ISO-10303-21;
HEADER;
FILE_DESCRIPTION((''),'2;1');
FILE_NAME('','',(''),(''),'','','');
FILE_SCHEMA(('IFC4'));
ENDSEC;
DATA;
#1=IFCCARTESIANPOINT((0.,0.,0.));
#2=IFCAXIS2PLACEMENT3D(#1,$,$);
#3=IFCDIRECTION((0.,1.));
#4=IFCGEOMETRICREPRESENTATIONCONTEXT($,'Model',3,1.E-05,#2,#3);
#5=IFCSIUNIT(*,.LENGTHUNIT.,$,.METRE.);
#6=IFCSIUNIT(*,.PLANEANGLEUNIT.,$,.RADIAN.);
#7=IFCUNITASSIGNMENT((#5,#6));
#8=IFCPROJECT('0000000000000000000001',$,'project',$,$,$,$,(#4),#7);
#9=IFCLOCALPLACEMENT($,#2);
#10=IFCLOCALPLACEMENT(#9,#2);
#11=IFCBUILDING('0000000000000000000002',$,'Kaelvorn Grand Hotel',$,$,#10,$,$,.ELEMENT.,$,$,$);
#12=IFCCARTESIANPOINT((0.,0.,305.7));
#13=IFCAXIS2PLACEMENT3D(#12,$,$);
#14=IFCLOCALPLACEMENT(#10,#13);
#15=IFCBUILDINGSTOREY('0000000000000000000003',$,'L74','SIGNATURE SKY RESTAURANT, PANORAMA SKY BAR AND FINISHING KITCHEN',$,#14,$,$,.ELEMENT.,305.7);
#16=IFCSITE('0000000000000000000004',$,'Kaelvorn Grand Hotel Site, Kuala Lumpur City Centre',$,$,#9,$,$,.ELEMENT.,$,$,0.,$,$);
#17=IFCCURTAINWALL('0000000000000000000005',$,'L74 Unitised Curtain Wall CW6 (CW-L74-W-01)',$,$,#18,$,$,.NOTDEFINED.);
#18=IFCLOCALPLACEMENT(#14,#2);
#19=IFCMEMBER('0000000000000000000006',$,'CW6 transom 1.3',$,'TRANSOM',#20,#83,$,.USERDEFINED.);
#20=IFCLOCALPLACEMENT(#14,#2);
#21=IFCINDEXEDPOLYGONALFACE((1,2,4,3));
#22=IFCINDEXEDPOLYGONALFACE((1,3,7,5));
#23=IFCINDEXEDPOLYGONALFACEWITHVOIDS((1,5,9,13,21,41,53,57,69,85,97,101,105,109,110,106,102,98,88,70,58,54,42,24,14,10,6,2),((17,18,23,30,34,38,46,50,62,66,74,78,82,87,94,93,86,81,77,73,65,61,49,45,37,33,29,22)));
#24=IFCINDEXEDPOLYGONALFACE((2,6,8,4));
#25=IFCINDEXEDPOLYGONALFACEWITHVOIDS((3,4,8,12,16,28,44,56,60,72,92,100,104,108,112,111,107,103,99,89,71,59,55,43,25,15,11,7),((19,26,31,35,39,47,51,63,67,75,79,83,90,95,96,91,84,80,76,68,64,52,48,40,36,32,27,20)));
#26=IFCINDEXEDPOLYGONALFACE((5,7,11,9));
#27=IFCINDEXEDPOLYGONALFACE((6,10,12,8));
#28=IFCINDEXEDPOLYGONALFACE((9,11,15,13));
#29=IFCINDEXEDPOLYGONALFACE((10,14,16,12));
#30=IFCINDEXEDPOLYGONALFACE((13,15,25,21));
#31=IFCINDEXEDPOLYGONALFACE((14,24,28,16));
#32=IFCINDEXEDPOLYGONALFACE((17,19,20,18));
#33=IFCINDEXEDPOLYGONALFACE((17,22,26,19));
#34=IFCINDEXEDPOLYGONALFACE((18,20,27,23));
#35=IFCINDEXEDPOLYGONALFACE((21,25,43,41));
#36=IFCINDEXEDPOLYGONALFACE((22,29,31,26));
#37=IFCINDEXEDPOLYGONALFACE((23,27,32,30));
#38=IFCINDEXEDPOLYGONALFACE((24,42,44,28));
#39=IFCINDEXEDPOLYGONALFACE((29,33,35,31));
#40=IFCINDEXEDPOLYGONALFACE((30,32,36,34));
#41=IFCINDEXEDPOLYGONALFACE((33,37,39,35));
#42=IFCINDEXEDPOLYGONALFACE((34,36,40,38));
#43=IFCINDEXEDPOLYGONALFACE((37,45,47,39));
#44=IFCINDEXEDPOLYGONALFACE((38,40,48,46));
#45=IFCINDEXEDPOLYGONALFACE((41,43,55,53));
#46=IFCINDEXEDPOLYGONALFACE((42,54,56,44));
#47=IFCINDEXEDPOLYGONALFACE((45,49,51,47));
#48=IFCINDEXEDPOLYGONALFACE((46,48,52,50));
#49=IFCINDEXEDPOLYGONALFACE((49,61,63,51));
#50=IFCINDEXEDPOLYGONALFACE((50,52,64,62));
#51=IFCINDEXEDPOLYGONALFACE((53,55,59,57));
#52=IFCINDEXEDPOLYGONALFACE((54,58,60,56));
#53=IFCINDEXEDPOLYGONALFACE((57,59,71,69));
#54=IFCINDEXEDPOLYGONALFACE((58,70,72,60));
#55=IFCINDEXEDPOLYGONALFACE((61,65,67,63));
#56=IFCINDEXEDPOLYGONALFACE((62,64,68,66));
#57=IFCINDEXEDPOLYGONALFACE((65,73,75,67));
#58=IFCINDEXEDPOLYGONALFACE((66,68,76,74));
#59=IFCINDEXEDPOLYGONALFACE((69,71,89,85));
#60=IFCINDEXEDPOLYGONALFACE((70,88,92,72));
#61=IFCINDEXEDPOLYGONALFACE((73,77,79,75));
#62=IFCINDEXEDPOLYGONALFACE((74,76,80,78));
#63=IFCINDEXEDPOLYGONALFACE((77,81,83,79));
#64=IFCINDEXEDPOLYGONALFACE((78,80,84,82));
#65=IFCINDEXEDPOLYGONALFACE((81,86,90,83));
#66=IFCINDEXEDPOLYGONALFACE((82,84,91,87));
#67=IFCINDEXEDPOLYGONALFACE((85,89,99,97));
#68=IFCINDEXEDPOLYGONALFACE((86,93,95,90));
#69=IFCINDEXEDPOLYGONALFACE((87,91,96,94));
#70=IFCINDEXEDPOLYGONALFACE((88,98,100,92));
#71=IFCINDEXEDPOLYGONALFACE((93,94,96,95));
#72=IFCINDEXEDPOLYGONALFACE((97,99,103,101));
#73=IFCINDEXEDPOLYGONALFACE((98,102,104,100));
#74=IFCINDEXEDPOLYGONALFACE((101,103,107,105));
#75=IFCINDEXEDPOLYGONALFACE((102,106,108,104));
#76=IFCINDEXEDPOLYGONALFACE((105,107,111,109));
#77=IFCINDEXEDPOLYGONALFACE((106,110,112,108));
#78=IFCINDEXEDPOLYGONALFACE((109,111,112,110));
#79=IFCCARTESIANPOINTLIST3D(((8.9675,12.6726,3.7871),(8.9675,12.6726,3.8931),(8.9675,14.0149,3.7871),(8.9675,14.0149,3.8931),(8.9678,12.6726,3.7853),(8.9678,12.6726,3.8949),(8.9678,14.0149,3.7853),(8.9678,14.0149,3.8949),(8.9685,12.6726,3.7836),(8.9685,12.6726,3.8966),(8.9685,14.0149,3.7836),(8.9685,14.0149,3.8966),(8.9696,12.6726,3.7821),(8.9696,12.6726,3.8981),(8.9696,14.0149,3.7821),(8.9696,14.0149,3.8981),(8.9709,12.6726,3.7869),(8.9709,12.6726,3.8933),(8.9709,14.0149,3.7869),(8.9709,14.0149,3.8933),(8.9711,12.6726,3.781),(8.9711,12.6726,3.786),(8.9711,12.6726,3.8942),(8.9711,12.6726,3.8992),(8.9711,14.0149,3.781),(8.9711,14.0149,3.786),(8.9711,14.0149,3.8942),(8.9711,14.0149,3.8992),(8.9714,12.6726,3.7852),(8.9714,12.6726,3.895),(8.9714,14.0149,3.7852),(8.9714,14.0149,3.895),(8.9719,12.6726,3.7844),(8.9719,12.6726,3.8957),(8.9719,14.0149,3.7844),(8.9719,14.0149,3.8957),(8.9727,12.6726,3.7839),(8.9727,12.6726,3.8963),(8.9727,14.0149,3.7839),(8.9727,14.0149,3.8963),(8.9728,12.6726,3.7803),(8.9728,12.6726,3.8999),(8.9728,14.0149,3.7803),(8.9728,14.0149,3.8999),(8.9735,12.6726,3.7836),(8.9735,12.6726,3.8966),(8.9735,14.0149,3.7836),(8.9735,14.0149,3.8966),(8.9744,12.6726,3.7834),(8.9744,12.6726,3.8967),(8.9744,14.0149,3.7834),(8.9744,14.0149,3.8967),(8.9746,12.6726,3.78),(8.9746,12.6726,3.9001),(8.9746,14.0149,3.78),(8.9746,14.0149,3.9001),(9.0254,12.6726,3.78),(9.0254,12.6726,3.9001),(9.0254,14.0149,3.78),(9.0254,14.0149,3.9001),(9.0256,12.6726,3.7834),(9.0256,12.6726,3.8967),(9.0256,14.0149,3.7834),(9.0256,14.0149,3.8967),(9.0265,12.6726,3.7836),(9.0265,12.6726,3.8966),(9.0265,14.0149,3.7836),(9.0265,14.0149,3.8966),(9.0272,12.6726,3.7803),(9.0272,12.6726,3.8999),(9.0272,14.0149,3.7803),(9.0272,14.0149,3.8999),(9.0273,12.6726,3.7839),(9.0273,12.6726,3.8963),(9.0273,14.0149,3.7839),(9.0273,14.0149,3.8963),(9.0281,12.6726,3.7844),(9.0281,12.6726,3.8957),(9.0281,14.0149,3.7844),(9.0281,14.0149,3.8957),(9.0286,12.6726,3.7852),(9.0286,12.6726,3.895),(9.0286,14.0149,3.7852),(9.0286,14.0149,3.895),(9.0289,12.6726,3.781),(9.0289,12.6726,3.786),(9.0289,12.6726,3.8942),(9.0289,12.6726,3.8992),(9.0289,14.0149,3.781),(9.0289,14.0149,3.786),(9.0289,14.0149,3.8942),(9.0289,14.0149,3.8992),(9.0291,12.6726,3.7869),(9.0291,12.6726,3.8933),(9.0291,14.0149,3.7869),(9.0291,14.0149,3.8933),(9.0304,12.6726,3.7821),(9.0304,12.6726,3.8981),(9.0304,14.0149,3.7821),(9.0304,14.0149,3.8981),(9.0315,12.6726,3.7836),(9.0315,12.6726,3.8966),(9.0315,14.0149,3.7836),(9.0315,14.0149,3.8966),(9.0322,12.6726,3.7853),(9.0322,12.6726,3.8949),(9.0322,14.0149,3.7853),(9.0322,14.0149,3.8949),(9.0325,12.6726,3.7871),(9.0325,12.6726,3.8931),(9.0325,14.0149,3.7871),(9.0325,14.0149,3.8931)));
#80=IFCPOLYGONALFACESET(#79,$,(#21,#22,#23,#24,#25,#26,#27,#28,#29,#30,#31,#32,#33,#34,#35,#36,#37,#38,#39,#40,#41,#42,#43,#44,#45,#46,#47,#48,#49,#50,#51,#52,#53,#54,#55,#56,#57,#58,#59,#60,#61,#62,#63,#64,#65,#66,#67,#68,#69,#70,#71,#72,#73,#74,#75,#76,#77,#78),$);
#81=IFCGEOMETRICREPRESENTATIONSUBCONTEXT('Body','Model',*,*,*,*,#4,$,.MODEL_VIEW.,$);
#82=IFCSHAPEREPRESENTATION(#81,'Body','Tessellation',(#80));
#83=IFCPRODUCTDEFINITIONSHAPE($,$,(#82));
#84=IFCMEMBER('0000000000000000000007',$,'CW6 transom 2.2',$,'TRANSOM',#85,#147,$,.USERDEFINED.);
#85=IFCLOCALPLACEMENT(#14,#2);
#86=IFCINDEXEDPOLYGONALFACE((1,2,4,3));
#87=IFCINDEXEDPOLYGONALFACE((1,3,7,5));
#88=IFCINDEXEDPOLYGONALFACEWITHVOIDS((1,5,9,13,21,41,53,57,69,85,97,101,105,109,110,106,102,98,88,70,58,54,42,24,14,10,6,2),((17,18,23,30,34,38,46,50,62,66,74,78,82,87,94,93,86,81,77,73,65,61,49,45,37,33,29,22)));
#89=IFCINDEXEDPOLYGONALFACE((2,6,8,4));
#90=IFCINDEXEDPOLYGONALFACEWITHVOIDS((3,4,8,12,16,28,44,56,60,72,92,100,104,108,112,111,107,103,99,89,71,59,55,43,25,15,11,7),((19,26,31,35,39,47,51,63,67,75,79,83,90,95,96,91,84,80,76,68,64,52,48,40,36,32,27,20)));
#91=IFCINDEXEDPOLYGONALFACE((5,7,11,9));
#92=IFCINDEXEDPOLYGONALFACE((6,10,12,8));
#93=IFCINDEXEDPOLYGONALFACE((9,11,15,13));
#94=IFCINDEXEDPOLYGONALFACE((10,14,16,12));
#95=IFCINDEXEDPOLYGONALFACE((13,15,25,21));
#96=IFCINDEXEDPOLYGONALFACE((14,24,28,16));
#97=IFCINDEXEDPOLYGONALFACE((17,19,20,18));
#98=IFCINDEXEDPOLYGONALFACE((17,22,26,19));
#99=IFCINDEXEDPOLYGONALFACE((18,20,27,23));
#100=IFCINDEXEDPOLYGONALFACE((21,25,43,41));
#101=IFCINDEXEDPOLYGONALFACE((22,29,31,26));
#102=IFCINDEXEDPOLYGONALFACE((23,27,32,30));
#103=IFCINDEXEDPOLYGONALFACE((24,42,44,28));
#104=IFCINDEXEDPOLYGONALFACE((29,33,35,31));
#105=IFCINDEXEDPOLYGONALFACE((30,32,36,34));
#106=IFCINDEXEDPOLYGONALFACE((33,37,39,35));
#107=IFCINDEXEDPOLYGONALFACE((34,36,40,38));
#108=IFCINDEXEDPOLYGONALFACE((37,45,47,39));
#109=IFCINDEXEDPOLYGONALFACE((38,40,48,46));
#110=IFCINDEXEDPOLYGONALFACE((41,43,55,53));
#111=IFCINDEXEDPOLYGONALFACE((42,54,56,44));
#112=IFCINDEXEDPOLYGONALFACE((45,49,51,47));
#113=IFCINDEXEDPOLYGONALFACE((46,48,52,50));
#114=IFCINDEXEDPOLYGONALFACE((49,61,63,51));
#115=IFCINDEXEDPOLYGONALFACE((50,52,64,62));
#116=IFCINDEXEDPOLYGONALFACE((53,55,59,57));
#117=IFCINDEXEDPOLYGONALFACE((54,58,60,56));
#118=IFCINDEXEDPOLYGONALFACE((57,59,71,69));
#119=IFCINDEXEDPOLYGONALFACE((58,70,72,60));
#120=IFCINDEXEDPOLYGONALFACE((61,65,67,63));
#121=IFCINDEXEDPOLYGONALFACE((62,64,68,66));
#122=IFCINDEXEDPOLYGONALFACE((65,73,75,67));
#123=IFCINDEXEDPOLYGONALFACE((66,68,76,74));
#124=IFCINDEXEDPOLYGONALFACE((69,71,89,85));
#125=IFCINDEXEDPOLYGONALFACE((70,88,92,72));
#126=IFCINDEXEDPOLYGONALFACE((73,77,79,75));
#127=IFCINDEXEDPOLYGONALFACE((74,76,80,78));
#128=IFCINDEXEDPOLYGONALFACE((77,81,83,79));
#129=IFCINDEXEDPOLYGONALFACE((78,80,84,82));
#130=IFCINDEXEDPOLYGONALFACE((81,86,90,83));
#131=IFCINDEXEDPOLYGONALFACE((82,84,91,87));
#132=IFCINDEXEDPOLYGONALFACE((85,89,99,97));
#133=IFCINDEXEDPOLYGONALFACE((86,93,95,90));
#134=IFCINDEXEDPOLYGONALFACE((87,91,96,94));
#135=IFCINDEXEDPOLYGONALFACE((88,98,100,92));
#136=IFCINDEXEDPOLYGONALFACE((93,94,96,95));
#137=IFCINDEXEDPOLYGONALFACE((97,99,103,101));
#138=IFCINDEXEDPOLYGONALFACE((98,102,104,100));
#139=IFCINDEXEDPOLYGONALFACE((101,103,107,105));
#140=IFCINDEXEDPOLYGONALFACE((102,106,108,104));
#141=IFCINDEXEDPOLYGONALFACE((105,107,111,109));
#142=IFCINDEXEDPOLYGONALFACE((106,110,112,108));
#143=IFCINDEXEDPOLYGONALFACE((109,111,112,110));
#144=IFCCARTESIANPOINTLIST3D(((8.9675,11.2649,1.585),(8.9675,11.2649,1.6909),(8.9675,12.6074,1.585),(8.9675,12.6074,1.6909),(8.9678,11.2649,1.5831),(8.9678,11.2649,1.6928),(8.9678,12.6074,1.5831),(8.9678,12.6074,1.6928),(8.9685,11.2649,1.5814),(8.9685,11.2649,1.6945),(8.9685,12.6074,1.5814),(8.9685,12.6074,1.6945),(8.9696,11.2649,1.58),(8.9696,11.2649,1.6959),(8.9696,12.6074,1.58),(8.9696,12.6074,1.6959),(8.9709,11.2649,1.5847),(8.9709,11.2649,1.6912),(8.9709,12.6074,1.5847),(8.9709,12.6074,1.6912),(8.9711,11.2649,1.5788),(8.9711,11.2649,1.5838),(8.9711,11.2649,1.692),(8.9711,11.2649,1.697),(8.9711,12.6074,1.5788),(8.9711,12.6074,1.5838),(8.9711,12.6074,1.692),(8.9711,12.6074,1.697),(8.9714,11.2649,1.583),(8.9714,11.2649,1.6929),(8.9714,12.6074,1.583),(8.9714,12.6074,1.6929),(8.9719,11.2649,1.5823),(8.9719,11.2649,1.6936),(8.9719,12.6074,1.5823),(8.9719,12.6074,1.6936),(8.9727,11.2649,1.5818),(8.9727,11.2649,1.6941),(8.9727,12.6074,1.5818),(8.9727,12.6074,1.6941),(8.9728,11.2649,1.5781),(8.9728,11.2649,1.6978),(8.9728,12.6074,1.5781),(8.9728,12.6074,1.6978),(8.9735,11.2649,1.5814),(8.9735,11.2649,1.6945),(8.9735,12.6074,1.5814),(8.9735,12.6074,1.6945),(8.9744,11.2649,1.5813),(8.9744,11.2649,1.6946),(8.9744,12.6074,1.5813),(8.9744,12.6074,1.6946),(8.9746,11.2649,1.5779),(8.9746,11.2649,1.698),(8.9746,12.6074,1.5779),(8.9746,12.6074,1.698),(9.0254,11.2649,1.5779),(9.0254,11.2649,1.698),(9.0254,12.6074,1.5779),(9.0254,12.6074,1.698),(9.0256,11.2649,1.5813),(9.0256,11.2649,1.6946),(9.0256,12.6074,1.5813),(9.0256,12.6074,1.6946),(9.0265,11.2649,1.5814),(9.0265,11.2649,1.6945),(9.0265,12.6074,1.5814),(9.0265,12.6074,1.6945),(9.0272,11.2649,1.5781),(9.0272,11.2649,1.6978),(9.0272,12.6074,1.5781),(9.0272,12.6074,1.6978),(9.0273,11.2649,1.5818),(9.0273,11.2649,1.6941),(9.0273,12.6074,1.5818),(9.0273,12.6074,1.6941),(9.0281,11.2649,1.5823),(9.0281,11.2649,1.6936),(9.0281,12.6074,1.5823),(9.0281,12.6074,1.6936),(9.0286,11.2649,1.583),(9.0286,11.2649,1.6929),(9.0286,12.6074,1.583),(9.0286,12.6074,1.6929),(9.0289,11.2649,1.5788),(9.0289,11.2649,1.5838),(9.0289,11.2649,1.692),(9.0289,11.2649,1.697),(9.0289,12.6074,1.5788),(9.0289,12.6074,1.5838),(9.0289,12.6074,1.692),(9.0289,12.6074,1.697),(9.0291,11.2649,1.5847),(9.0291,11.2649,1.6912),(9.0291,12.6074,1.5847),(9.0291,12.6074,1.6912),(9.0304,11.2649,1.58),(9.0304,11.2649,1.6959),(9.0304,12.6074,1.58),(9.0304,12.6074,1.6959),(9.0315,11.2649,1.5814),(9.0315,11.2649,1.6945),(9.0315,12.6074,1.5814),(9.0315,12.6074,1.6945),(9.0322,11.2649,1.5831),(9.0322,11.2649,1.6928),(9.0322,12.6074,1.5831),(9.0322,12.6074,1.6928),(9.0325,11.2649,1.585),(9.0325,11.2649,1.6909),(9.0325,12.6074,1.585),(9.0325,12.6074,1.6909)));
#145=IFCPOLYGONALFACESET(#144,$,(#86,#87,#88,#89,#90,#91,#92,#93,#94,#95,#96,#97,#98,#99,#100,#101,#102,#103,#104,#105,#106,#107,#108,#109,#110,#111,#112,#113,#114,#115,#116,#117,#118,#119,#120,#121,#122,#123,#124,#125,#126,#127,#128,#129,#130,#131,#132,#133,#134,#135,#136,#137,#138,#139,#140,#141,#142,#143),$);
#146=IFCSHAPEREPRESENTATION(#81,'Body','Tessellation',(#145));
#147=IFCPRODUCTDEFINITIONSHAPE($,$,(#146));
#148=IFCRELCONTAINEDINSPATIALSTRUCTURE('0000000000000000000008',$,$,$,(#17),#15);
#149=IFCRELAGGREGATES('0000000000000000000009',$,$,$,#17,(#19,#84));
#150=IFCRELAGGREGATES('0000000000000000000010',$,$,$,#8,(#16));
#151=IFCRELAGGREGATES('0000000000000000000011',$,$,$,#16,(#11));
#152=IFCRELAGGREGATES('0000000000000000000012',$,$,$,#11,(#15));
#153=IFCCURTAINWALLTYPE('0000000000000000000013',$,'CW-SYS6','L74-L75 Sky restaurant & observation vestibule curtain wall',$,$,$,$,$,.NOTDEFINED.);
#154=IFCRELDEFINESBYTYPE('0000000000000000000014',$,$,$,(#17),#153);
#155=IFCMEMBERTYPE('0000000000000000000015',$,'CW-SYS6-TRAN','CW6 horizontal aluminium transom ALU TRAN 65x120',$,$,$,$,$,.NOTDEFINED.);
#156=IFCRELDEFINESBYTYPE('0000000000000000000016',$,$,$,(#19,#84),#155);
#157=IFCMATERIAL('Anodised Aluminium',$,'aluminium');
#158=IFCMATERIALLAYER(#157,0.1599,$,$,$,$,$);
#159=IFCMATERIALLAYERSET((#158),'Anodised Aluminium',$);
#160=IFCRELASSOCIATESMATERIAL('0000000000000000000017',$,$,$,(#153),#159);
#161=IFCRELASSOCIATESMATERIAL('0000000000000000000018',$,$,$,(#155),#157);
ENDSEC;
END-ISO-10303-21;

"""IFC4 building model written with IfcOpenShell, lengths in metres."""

from ifc_helpers import new_model, si_unit, direction, frame, origin, origin_2d, place, context, subcontext, project, spatial, hollow_rectangle, extrude, material, layer, layer_set, material_profile, profile_set, type_object, element, aggregate, save


model = new_model("IFC4")

# Units and contexts
model_context = context("Model", 3, precision=1e-05, world=origin(), true_north=direction((0.0, 1.0)))
body_context = subcontext(model_context, "Body", "Model", "MODEL_VIEW")
ifc_project = project(units=[si_unit("LENGTHUNIT", "METRE"), si_unit("PLANEANGLEUNIT", "RADIAN")], contexts=[model_context])

# Site, building, storey
site_placement = place(None, origin())
site = spatial("IfcSite", under=ifc_project, at=site_placement, Name="Kaelvorn Grand Hotel Site, Kuala Lumpur City Centre", CompositionType="ELEMENT", RefElevation=0.0)
building_placement = place(site_placement, origin())
building = spatial("IfcBuilding", under=site, at=building_placement, Name="Kaelvorn Grand Hotel", CompositionType="ELEMENT")
storey_placement = place(building_placement, frame((0.0, 0.0, 305.7)))
storey = spatial("IfcBuildingStorey", under=building, at=storey_placement, Name="L74", Description="SIGNATURE SKY RESTAURANT, PANORAMA SKY BAR AND FINISHING KITCHEN", CompositionType="ELEMENT", Elevation=305.7)

# Curtain wall
ifc_material_1 = material(Name="Anodised Aluminium", Category="aluminium")
ifc_layer_1 = layer(ifc_material_1, 0.1599)
ifc_layer_set_1 = layer_set([ifc_layer_1], Name="Anodised Aluminium")
curtain_wall_type = type_object("IfcCurtainWallType", Name="CW-SYS6", Description="L74-L75 Sky restaurant & observation vestibule curtain wall", PredefinedType="NOTDEFINED", material=ifc_layer_set_1)
curtain_wall_1_placement = place(storey_placement, origin())
curtain_wall_1 = element("IfcCurtainWall", 1, at=curtain_wall_1_placement, inside=storey, type_object=curtain_wall_type, Name="L74 Unitised Curtain Wall CW6 (CW-L74-W-01)", PredefinedType="NOTDEFINED")

# Members
ifc_material_profile_1 = material_profile(ifc_material_1, hollow_rectangle(XDim=0.0649, YDim=0.1201, WallThickness=0.0034, InnerFilletRadius=0.0034, OuterFilletRadius=0.0071, at=origin_2d()), Name="ALU TRAN 65x120")
ifc_profile_set_1 = profile_set([ifc_material_profile_1], Name="Anodised Aluminium")
member_type_1 = type_object("IfcMemberType", Name="CW-SYS6-TRAN", Description="CW6 horizontal aluminium transom ALU TRAN 65x120", PredefinedType="NOTDEFINED", material=ifc_profile_set_1)
member_1_placement = place(storey_placement, frame((9.0, 14.0149, 3.8401), z_axis=(0.0, -1.0, 0.0), x_axis=(1.0, 0.0, 0.0)))
member_1 = element("IfcMember", 2, at=member_1_placement, type_object=member_type_1, Name="CW6 transom 1.3", ObjectType="TRANSOM", PredefinedType="USERDEFINED", context=body_context, shape_type="SweptSolid", body=[
    extrude(hollow_rectangle(XDim=0.0649, YDim=0.1201, WallThickness=0.0034, InnerFilletRadius=0.0034, OuterFilletRadius=0.0071, at=origin_2d()), origin(), (0.0, 0.0, 1.0), 1.3423),
])
member_2_placement = place(storey_placement, frame((9.0, 12.6074, 1.6379), z_axis=(0.0, -1.0, 0.0), x_axis=(1.0, 0.0, 0.0)))
member_2 = element("IfcMember", 3, at=member_2_placement, type_object=member_type_1, Name="CW6 transom 2.2", ObjectType="TRANSOM", PredefinedType="USERDEFINED", context=body_context, shape_type="SweptSolid", body=[
    extrude(hollow_rectangle(XDim=0.0649, YDim=0.1201, WallThickness=0.0034, InnerFilletRadius=0.0034, OuterFilletRadius=0.0071, at=origin_2d()), origin(), (0.0, 0.0, 1.0), 1.3425),
])

aggregate(curtain_wall_1, [member_1, member_2])

save(model, "model.ifc")
